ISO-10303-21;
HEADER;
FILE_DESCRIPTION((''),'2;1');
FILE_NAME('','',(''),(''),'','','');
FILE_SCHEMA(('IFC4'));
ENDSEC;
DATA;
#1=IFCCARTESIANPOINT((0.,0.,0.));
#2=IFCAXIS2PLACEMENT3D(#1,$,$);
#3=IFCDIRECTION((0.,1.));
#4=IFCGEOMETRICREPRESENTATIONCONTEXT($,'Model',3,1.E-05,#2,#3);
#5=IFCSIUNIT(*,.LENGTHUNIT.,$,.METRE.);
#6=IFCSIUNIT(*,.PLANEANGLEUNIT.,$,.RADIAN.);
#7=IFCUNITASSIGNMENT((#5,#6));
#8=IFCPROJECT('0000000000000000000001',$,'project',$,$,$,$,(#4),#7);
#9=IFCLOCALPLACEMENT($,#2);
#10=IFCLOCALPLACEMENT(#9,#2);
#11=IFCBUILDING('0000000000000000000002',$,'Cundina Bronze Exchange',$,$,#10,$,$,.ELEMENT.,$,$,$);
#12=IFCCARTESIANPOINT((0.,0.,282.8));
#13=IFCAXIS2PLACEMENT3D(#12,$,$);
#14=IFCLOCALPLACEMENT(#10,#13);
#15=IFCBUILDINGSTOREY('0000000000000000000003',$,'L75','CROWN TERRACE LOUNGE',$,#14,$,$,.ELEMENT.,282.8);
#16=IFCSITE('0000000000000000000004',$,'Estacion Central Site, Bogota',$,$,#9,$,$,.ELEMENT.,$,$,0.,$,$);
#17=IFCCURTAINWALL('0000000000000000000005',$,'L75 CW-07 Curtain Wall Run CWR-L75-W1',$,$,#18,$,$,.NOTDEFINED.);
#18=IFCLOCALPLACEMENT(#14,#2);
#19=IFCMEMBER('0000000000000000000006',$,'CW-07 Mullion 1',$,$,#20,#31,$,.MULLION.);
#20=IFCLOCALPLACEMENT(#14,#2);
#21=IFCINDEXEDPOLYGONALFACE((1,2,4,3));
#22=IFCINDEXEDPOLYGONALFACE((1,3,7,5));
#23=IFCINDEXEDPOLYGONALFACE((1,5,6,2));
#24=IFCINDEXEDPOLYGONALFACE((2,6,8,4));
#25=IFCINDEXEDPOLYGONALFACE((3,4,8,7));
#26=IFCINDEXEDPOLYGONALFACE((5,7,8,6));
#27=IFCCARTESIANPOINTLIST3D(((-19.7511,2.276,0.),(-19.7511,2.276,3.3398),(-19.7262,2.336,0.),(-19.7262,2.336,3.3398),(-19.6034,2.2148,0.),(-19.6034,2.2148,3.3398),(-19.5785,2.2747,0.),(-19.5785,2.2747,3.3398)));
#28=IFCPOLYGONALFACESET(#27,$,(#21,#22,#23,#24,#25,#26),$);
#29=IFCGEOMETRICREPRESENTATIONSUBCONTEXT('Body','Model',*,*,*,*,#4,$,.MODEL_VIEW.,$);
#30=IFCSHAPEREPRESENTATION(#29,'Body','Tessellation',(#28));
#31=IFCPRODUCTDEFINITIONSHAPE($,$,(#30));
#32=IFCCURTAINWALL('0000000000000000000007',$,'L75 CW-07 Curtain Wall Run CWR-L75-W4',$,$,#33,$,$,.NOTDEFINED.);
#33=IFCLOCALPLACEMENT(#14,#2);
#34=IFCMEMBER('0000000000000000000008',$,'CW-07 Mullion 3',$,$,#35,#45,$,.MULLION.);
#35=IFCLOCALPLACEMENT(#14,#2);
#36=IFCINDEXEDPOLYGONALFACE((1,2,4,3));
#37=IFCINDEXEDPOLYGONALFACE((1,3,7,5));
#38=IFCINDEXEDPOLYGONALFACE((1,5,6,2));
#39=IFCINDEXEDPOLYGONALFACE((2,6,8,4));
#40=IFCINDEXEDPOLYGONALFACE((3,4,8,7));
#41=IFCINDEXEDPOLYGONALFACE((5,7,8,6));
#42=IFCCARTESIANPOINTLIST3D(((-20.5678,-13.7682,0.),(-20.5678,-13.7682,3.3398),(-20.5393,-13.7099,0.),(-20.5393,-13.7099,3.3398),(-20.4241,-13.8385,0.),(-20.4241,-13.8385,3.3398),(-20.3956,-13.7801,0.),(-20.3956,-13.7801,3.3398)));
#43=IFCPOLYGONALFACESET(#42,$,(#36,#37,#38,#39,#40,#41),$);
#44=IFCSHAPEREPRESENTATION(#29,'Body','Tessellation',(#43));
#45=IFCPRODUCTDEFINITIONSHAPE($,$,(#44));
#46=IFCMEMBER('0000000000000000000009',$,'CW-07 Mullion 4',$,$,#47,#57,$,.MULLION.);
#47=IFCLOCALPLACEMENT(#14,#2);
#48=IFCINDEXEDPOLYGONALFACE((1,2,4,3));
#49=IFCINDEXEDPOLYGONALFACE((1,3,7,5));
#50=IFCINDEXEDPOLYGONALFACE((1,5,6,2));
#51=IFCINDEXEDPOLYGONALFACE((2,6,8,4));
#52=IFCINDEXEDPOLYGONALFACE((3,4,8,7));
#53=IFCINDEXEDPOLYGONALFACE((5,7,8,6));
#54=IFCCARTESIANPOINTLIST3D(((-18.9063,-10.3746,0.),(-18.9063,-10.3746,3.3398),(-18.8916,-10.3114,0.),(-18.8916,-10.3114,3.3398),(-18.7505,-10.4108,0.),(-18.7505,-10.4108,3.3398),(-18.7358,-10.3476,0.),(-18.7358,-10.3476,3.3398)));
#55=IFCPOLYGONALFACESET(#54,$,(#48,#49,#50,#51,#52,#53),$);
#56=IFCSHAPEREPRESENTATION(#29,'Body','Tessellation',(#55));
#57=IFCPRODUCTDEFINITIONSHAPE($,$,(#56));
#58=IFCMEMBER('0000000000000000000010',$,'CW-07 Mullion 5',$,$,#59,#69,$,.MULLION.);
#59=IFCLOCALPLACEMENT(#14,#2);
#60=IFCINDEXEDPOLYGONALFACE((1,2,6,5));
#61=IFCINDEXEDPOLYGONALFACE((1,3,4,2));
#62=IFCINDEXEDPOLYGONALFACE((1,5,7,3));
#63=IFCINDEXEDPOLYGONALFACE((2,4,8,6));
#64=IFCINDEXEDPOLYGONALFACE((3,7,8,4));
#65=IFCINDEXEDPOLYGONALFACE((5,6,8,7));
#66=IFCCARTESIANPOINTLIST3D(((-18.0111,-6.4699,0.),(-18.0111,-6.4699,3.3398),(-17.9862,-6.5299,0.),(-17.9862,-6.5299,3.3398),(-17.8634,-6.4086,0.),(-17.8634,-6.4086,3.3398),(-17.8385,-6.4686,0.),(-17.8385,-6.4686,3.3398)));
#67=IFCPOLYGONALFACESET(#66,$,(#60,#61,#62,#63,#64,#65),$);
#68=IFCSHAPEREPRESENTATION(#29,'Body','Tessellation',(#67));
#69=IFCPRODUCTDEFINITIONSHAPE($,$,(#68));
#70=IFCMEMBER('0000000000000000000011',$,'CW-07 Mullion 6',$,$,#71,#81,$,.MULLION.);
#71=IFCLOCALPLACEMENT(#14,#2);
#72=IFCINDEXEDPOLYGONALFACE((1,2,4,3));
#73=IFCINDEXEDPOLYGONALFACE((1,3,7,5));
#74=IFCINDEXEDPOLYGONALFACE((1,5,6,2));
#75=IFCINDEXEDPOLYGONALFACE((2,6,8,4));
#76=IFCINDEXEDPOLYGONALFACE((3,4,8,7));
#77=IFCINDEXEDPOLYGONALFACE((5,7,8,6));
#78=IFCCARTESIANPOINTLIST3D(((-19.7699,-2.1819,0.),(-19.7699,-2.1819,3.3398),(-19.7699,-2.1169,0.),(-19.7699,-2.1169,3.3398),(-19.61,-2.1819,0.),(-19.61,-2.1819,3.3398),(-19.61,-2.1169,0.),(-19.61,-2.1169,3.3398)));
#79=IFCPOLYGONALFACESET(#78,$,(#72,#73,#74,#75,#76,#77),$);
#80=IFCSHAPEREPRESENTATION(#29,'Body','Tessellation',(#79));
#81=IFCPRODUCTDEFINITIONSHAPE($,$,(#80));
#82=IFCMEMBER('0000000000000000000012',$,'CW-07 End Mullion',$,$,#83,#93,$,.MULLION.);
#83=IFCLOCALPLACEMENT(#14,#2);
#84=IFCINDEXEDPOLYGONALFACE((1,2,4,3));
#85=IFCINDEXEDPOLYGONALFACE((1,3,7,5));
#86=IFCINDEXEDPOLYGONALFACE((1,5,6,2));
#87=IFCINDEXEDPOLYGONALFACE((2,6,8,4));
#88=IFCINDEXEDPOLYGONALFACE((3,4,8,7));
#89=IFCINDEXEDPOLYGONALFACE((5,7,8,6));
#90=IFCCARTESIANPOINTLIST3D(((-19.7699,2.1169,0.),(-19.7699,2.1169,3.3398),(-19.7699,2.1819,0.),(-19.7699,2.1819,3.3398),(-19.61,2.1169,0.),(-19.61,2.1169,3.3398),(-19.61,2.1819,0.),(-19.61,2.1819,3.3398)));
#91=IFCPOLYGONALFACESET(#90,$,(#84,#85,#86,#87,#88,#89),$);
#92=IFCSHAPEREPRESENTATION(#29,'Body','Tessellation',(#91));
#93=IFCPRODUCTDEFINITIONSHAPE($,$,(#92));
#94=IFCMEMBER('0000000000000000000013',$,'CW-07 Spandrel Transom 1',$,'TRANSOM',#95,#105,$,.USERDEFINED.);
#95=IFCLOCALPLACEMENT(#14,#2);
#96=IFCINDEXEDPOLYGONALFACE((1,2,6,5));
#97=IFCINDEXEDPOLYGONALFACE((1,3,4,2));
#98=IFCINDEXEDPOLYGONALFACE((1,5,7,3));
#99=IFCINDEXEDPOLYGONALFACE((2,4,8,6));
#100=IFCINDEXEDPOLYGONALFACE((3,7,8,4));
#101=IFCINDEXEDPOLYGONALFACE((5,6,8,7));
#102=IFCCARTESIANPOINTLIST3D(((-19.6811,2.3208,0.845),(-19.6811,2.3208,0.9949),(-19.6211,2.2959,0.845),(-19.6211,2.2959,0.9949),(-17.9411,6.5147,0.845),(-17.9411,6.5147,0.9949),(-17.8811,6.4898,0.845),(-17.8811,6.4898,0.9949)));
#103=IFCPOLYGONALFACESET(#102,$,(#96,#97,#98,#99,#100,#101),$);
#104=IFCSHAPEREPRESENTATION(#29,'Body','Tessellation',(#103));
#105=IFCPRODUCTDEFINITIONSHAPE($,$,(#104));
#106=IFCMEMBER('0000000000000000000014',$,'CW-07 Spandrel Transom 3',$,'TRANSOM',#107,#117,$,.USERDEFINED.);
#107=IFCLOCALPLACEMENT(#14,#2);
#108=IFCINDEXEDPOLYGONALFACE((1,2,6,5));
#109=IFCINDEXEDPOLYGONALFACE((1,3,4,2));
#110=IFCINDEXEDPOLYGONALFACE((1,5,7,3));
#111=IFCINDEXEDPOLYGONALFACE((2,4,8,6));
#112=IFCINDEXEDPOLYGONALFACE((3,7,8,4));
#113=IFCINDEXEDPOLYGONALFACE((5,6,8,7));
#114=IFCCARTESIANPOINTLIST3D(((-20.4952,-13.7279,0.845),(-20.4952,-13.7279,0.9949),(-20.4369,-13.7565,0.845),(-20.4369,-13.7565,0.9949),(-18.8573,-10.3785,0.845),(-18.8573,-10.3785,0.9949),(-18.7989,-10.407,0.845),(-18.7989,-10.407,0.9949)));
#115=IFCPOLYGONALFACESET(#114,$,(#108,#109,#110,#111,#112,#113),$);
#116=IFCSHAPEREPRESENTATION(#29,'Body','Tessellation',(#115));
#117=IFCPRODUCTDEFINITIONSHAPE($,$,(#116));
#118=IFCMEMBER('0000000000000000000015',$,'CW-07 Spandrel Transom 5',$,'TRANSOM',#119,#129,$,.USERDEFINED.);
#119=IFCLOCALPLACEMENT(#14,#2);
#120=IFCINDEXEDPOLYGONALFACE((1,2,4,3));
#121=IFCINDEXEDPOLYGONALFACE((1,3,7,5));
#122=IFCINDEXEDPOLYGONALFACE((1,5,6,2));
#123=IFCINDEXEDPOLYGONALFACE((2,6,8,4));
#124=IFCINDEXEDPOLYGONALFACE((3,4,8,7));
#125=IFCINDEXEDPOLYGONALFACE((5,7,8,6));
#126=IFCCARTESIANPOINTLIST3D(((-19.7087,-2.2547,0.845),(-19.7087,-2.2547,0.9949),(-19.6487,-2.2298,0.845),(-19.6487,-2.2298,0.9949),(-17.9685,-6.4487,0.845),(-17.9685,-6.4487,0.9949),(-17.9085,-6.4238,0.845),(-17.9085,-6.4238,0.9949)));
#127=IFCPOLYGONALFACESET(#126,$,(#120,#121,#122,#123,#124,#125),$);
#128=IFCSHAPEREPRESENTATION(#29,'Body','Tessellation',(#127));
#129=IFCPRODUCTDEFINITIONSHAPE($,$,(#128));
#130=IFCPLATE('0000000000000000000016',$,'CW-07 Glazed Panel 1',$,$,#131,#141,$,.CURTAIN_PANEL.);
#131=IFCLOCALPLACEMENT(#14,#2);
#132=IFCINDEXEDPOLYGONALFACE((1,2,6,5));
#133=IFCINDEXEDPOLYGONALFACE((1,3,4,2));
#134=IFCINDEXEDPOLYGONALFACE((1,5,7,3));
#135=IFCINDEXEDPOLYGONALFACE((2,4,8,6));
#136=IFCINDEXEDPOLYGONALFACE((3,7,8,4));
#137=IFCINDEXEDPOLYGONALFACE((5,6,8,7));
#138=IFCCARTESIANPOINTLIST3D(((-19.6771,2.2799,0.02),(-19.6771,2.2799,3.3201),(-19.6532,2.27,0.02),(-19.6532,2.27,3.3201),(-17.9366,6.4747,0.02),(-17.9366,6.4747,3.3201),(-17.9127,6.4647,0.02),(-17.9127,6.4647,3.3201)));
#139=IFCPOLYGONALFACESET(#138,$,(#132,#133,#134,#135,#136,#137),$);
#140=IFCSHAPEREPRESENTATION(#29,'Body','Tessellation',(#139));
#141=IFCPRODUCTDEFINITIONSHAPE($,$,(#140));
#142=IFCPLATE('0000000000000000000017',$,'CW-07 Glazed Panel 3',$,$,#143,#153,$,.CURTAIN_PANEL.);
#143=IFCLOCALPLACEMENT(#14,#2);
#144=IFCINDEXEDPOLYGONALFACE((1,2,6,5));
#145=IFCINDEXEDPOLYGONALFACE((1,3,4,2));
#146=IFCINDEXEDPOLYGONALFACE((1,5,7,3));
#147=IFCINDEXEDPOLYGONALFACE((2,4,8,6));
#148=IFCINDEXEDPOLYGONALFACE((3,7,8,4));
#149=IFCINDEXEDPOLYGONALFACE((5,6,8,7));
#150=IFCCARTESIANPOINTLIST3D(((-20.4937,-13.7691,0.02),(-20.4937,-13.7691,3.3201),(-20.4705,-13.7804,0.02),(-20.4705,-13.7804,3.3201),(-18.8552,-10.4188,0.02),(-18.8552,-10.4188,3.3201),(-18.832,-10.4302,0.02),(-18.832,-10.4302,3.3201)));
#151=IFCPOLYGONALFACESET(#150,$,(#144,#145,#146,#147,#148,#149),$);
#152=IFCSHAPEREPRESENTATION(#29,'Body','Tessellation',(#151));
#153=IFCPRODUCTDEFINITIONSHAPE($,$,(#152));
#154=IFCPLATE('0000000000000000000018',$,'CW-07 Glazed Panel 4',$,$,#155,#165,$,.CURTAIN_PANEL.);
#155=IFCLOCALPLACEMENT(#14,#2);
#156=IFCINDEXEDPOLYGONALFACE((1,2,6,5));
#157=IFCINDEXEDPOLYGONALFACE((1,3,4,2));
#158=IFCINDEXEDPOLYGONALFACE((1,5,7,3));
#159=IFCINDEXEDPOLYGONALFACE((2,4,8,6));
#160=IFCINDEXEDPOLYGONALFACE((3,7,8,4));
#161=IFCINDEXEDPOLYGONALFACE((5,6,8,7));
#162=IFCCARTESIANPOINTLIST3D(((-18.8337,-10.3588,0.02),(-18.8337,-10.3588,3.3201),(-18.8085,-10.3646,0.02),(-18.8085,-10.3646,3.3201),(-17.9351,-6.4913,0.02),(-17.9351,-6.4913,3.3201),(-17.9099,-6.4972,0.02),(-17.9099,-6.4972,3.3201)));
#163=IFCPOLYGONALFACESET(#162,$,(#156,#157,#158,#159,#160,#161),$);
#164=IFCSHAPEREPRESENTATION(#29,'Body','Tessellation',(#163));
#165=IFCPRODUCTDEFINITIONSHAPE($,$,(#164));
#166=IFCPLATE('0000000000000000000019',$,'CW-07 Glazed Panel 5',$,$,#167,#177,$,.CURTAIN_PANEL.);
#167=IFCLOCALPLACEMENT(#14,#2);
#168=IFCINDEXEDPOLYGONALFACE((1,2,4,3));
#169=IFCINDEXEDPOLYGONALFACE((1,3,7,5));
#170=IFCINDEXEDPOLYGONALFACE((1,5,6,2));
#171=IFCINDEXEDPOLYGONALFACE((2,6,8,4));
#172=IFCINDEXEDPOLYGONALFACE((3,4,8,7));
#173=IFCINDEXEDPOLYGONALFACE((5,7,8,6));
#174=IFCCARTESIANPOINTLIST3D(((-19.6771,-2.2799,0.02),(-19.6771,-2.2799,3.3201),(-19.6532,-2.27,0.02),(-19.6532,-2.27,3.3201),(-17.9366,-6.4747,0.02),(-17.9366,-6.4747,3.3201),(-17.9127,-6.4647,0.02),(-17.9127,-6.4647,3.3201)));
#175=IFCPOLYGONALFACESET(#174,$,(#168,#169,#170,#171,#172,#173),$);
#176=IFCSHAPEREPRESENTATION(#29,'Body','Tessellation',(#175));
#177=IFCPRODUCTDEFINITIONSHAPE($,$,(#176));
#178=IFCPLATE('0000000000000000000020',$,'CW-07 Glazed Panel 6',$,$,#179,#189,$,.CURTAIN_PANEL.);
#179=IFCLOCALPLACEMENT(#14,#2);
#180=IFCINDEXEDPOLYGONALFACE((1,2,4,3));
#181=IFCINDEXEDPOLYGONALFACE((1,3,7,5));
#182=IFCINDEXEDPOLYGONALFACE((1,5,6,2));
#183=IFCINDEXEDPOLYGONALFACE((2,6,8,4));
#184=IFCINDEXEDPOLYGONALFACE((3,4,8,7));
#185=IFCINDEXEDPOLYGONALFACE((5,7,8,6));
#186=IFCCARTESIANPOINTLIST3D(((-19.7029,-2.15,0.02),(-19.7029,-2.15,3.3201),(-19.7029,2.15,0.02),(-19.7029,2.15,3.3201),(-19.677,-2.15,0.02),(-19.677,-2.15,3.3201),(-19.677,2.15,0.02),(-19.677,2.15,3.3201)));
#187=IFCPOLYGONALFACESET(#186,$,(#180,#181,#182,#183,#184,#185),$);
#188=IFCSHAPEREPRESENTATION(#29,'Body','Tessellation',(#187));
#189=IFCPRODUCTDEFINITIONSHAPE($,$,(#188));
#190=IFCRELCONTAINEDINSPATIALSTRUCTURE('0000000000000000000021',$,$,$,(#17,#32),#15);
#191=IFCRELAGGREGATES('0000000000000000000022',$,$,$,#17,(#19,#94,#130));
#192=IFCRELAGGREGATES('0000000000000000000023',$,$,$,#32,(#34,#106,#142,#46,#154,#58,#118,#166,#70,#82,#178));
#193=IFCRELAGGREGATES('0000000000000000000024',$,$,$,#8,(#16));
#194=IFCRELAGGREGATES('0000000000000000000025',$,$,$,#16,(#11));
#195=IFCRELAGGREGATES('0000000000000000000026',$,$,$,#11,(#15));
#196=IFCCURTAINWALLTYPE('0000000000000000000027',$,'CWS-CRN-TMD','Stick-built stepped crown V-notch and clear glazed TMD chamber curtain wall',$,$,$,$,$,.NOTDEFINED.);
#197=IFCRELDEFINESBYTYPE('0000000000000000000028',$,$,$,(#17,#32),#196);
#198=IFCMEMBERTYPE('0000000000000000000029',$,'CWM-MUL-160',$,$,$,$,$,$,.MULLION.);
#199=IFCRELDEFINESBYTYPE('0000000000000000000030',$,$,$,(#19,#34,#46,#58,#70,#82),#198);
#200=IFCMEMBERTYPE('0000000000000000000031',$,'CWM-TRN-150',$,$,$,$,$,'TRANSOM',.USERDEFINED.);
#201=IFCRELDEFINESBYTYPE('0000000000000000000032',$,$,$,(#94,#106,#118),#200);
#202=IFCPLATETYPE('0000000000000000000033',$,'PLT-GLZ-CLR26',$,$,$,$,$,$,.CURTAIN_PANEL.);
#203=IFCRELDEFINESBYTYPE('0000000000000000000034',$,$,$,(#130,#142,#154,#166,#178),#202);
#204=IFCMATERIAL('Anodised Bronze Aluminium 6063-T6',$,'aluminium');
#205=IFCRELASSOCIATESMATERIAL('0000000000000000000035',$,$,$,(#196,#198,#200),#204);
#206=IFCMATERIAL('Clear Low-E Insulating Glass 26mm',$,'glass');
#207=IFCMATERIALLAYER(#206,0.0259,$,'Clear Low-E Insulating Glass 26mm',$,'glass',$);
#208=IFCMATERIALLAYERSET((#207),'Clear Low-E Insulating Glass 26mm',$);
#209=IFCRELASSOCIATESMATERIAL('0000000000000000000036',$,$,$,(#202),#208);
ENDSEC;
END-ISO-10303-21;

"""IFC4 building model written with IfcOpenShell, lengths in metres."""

from ifc_helpers import new_model, si_unit, direction, frame, origin, origin_2d, place, context, subcontext, project, spatial, rectangle, extrude, material, layer, layer_set, material_profile, profile_set, type_object, element, aggregate, save


model = new_model("IFC4")

# Units and contexts
model_context = context("Model", 3, precision=1e-05, world=origin(), true_north=direction((0.0, 1.0)))
body_context = subcontext(model_context, "Body", "Model", "MODEL_VIEW")
ifc_project = project(units=[si_unit("LENGTHUNIT", "METRE"), si_unit("PLANEANGLEUNIT", "RADIAN")], contexts=[model_context])

# Site, building, storey
site_placement = place(None, origin())
site = spatial("IfcSite", under=ifc_project, at=site_placement, Name="Estacion Central Site, Bogota", CompositionType="ELEMENT", RefElevation=0.0)
building_placement = place(site_placement, origin())
building = spatial("IfcBuilding", under=site, at=building_placement, Name="Cundina Bronze Exchange", CompositionType="ELEMENT")
storey_placement = place(building_placement, frame((0.0, 0.0, 282.8)))
storey = spatial("IfcBuildingStorey", under=building, at=storey_placement, Name="L75", Description="CROWN TERRACE LOUNGE", CompositionType="ELEMENT", Elevation=282.8)

# Curtain wall, member
ifc_material_1 = material(Name="Anodised Bronze Aluminium 6063-T6", Category="aluminium")
curtain_wall_type = type_object("IfcCurtainWallType", Name="CWS-CRN-TMD", Description="Stick-built stepped crown V-notch and clear glazed TMD chamber curtain wall", PredefinedType="NOTDEFINED", material=ifc_material_1)
curtain_wall_1_placement = place(storey_placement, origin())
curtain_wall_1 = element("IfcCurtainWall", 1, at=curtain_wall_1_placement, inside=storey, type_object=curtain_wall_type, Name="L75 CW-07 Curtain Wall Run CWR-L75-W1", PredefinedType="NOTDEFINED")
ifc_material_profile_1 = material_profile(ifc_material_1, rectangle(XDim=0.0649, YDim=0.1599, at=origin_2d()), Name="AL65X160", Category="aluminium")
ifc_profile_set_1 = profile_set([ifc_material_profile_1], Name="Anodised Bronze Aluminium 6063-T6")
member_type_1 = type_object("IfcMemberType", Name="CWM-MUL-160", PredefinedType="MULLION", material=ifc_profile_set_1)
member_1_placement = place(storey_placement, frame((-19.6648, 2.2754, 0.0), z_axis=(0.0, 0.0, 1.0), x_axis=(0.383167, 0.923679, 0.0)))
member_1 = element("IfcMember", 2, at=member_1_placement, type_object=member_type_1, Name="CW-07 Mullion 1", PredefinedType="MULLION", context=body_context, shape_type="SweptSolid", body=[
    extrude(rectangle(XDim=0.0649, YDim=0.1599, at=origin_2d()), origin(), (0.0, 0.0, 1.0), 3.3398),
])

# Curtain wall, members
curtain_wall_2_placement = place(storey_placement, origin())
curtain_wall_2 = element("IfcCurtainWall", 3, at=curtain_wall_2_placement, inside=storey, type_object=curtain_wall_type, Name="L75 CW-07 Curtain Wall Run CWR-L75-W4", PredefinedType="NOTDEFINED")
member_2_placement = place(storey_placement, frame((-20.4817, -13.7742, 0.0), z_axis=(0.0, 0.0, 1.0), x_axis=(0.439312, 0.898334, 0.0)))
member_2 = element("IfcMember", 4, at=member_2_placement, type_object=member_type_1, Name="CW-07 Mullion 3", PredefinedType="MULLION", context=body_context, shape_type="SweptSolid", body=[
    extrude(rectangle(XDim=0.0649, YDim=0.1599, at=origin_2d()), origin(), (0.0, 0.0, 1.0), 3.3398),
])
member_3_placement = place(storey_placement, frame((-18.821, -10.3611, 0.0), z_axis=(0.0, 0.0, 1.0), x_axis=(0.226311, 0.974055, 0.0)))
member_3 = element("IfcMember", 5, at=member_3_placement, type_object=member_type_1, Name="CW-07 Mullion 4", PredefinedType="MULLION", context=body_context, shape_type="SweptSolid", body=[
    extrude(rectangle(XDim=0.0649, YDim=0.1599, at=origin_2d()), origin(), (0.0, 0.0, 1.0), 3.3398),
])
member_4_placement = place(storey_placement, frame((-17.9248, -6.4692, 0.0), z_axis=(0.0, 0.0, 1.0), x_axis=(-0.383167, 0.923679, 0.0)))
member_4 = element("IfcMember", 6, at=member_4_placement, type_object=member_type_1, Name="CW-07 Mullion 5", PredefinedType="MULLION", context=body_context, shape_type="SweptSolid", body=[
    extrude(rectangle(XDim=0.0649, YDim=0.1599, at=origin_2d()), origin(), (0.0, 0.0, 1.0), 3.3398),
])
member_5_placement = place(storey_placement, frame((-19.6899, -2.1494, 0.0), z_axis=(0.0, 0.0, 1.0), x_axis=(0.0, 1.0, 0.0)))
member_5 = element("IfcMember", 7, at=member_5_placement, type_object=member_type_1, Name="CW-07 Mullion 6", PredefinedType="MULLION", context=body_context, shape_type="SweptSolid", body=[
    extrude(rectangle(XDim=0.0649, YDim=0.1599, at=origin_2d()), origin(), (0.0, 0.0, 1.0), 3.3398),
])
member_6_placement = place(storey_placement, frame((-19.6899, 2.1494, 0.0), z_axis=(0.0, 0.0, 1.0), x_axis=(0.0, 1.0, 0.0)))
member_6 = element("IfcMember", 8, at=member_6_placement, type_object=member_type_1, Name="CW-07 End Mullion", PredefinedType="MULLION", context=body_context, shape_type="SweptSolid", body=[
    extrude(rectangle(XDim=0.0649, YDim=0.1599, at=origin_2d()), origin(), (0.0, 0.0, 1.0), 3.3398),
])

# Members
ifc_material_profile_2 = material_profile(ifc_material_1, rectangle(XDim=0.0649, YDim=0.1499, at=origin_2d()), Name="AL65X150", Category="aluminium")
ifc_profile_set_2 = profile_set([ifc_material_profile_2], Name="Anodised Bronze Aluminium 6063-T6")
member_type_2 = type_object("IfcMemberType", Name="CWM-TRN-150", ElementType="TRANSOM", PredefinedType="USERDEFINED", material=ifc_profile_set_2)
member_7_placement = place(storey_placement, frame((-19.6511, 2.3083, 0.9199), z_axis=(0.383218, 0.923658, 0.0), x_axis=(-0.923658, 0.383218, 0.0)))
member_7 = element("IfcMember", 9, at=member_7_placement, type_object=member_type_2, Name="CW-07 Spandrel Transom 1", ObjectType="TRANSOM", PredefinedType="USERDEFINED", context=body_context, shape_type="SweptSolid", body=[
    extrude(rectangle(XDim=0.0649, YDim=0.1499, at=origin_2d()), origin(), (0.0, 0.0, 1.0), 4.5405),
])
member_8_placement = place(storey_placement, frame((-20.4661, -13.7422, 0.9199), z_axis=(0.439312, 0.898334, 0.0), x_axis=(-0.898334, 0.439312, 0.0)))
member_8 = element("IfcMember", 10, at=member_8_placement, type_object=member_type_2, Name="CW-07 Spandrel Transom 3", ObjectType="TRANSOM", PredefinedType="USERDEFINED", context=body_context, shape_type="SweptSolid", body=[
    extrude(rectangle(XDim=0.0649, YDim=0.1499, at=origin_2d()), origin(), (0.0, 0.0, 1.0), 3.7285),
])
member_9_placement = place(storey_placement, frame((-17.9385, -6.4363, 0.9199), z_axis=(-0.383244, 0.923647, 0.0), x_axis=(-0.923647, -0.383244, 0.0)))
member_9 = element("IfcMember", 11, at=member_9_placement, type_object=member_type_2, Name="CW-07 Spandrel Transom 5", ObjectType="TRANSOM", PredefinedType="USERDEFINED", context=body_context, shape_type="SweptSolid", body=[
    extrude(rectangle(XDim=0.0649, YDim=0.1499, at=origin_2d()), origin(), (0.0, 0.0, 1.0), 4.5408),
])

# Plates
ifc_material_2 = material(Name="Clear Low-E Insulating Glass 26mm", Category="glass")
ifc_layer_1 = layer(ifc_material_2, 0.0259, Name="Clear Low-E Insulating Glass 26mm", Category="glass")
ifc_layer_set_1 = layer_set([ifc_layer_1], Name="Clear Low-E Insulating Glass 26mm")
plate_type = type_object("IfcPlateType", Name="PLT-GLZ-CLR26", PredefinedType="CURTAIN_PANEL", material=ifc_layer_set_1)
plate_1_placement = place(storey_placement, frame((-18.7949, 4.3723, 0.02), z_axis=(0.0, 0.0, 1.0), x_axis=(0.383232, 0.923652, 0.0)))
plate_1 = element("IfcPlate", 12, at=plate_1_placement, type_object=plate_type, Name="CW-07 Glazed Panel 1", PredefinedType="CURTAIN_PANEL", context=body_context, shape_type="SweptSolid", body=[
    extrude(rectangle(XDim=4.5415, YDim=0.0259, at=origin_2d()), origin(), (0.0, 0.0, 1.0), 3.3),
])
aggregate(curtain_wall_1, [member_1, member_7, plate_1])
plate_2_placement = place(storey_placement, frame((-19.6628, -12.0996, 0.02), z_axis=(0.0, 0.0, 1.0), x_axis=(0.439343, 0.898319, 0.0)))
plate_2 = element("IfcPlate", 13, at=plate_2_placement, type_object=plate_type, Name="CW-07 Glazed Panel 3", PredefinedType="CURTAIN_PANEL", context=body_context, shape_type="SweptSolid", body=[
    extrude(rectangle(XDim=3.7295, YDim=0.0259, at=origin_2d()), origin(), (0.0, 0.0, 1.0), 3.3),
])
plate_3_placement = place(storey_placement, frame((-18.3718, -8.428, 0.02), z_axis=(0.0, 0.0, 1.0), x_axis=(0.226328, 0.974051, 0.0)))
plate_3 = element("IfcPlate", 14, at=plate_3_placement, type_object=plate_type, Name="CW-07 Glazed Panel 4", PredefinedType="CURTAIN_PANEL", context=body_context, shape_type="SweptSolid", body=[
    extrude(rectangle(XDim=3.9705, YDim=0.0259, at=origin_2d()), origin(), (0.0, 0.0, 1.0), 3.3),
])
plate_4_placement = place(storey_placement, frame((-18.7949, -4.3723, 0.02), z_axis=(0.0, 0.0, 1.0), x_axis=(-0.383232, 0.923652, 0.0)))
plate_4 = element("IfcPlate", 15, at=plate_4_placement, type_object=plate_type, Name="CW-07 Glazed Panel 5", PredefinedType="CURTAIN_PANEL", context=body_context, shape_type="SweptSolid", body=[
    extrude(rectangle(XDim=4.5415, YDim=0.0259, at=origin_2d()), origin(), (0.0, 0.0, 1.0), 3.3),
])
plate_5_placement = place(storey_placement, frame((-19.6899, 0.0, 0.02), z_axis=(0.0, 0.0, 1.0), x_axis=(0.0, 1.0, 0.0)))
plate_5 = element("IfcPlate", 16, at=plate_5_placement, type_object=plate_type, Name="CW-07 Glazed Panel 6", PredefinedType="CURTAIN_PANEL", context=body_context, shape_type="SweptSolid", body=[
    extrude(rectangle(XDim=4.3, YDim=0.0259, at=origin_2d()), origin(), (0.0, 0.0, 1.0), 3.3),
])
aggregate(curtain_wall_2, [member_2, member_8, plate_2, member_3, plate_3, member_4, member_9, plate_4, member_5, member_6, plate_5])

save(model, "model.ifc")
